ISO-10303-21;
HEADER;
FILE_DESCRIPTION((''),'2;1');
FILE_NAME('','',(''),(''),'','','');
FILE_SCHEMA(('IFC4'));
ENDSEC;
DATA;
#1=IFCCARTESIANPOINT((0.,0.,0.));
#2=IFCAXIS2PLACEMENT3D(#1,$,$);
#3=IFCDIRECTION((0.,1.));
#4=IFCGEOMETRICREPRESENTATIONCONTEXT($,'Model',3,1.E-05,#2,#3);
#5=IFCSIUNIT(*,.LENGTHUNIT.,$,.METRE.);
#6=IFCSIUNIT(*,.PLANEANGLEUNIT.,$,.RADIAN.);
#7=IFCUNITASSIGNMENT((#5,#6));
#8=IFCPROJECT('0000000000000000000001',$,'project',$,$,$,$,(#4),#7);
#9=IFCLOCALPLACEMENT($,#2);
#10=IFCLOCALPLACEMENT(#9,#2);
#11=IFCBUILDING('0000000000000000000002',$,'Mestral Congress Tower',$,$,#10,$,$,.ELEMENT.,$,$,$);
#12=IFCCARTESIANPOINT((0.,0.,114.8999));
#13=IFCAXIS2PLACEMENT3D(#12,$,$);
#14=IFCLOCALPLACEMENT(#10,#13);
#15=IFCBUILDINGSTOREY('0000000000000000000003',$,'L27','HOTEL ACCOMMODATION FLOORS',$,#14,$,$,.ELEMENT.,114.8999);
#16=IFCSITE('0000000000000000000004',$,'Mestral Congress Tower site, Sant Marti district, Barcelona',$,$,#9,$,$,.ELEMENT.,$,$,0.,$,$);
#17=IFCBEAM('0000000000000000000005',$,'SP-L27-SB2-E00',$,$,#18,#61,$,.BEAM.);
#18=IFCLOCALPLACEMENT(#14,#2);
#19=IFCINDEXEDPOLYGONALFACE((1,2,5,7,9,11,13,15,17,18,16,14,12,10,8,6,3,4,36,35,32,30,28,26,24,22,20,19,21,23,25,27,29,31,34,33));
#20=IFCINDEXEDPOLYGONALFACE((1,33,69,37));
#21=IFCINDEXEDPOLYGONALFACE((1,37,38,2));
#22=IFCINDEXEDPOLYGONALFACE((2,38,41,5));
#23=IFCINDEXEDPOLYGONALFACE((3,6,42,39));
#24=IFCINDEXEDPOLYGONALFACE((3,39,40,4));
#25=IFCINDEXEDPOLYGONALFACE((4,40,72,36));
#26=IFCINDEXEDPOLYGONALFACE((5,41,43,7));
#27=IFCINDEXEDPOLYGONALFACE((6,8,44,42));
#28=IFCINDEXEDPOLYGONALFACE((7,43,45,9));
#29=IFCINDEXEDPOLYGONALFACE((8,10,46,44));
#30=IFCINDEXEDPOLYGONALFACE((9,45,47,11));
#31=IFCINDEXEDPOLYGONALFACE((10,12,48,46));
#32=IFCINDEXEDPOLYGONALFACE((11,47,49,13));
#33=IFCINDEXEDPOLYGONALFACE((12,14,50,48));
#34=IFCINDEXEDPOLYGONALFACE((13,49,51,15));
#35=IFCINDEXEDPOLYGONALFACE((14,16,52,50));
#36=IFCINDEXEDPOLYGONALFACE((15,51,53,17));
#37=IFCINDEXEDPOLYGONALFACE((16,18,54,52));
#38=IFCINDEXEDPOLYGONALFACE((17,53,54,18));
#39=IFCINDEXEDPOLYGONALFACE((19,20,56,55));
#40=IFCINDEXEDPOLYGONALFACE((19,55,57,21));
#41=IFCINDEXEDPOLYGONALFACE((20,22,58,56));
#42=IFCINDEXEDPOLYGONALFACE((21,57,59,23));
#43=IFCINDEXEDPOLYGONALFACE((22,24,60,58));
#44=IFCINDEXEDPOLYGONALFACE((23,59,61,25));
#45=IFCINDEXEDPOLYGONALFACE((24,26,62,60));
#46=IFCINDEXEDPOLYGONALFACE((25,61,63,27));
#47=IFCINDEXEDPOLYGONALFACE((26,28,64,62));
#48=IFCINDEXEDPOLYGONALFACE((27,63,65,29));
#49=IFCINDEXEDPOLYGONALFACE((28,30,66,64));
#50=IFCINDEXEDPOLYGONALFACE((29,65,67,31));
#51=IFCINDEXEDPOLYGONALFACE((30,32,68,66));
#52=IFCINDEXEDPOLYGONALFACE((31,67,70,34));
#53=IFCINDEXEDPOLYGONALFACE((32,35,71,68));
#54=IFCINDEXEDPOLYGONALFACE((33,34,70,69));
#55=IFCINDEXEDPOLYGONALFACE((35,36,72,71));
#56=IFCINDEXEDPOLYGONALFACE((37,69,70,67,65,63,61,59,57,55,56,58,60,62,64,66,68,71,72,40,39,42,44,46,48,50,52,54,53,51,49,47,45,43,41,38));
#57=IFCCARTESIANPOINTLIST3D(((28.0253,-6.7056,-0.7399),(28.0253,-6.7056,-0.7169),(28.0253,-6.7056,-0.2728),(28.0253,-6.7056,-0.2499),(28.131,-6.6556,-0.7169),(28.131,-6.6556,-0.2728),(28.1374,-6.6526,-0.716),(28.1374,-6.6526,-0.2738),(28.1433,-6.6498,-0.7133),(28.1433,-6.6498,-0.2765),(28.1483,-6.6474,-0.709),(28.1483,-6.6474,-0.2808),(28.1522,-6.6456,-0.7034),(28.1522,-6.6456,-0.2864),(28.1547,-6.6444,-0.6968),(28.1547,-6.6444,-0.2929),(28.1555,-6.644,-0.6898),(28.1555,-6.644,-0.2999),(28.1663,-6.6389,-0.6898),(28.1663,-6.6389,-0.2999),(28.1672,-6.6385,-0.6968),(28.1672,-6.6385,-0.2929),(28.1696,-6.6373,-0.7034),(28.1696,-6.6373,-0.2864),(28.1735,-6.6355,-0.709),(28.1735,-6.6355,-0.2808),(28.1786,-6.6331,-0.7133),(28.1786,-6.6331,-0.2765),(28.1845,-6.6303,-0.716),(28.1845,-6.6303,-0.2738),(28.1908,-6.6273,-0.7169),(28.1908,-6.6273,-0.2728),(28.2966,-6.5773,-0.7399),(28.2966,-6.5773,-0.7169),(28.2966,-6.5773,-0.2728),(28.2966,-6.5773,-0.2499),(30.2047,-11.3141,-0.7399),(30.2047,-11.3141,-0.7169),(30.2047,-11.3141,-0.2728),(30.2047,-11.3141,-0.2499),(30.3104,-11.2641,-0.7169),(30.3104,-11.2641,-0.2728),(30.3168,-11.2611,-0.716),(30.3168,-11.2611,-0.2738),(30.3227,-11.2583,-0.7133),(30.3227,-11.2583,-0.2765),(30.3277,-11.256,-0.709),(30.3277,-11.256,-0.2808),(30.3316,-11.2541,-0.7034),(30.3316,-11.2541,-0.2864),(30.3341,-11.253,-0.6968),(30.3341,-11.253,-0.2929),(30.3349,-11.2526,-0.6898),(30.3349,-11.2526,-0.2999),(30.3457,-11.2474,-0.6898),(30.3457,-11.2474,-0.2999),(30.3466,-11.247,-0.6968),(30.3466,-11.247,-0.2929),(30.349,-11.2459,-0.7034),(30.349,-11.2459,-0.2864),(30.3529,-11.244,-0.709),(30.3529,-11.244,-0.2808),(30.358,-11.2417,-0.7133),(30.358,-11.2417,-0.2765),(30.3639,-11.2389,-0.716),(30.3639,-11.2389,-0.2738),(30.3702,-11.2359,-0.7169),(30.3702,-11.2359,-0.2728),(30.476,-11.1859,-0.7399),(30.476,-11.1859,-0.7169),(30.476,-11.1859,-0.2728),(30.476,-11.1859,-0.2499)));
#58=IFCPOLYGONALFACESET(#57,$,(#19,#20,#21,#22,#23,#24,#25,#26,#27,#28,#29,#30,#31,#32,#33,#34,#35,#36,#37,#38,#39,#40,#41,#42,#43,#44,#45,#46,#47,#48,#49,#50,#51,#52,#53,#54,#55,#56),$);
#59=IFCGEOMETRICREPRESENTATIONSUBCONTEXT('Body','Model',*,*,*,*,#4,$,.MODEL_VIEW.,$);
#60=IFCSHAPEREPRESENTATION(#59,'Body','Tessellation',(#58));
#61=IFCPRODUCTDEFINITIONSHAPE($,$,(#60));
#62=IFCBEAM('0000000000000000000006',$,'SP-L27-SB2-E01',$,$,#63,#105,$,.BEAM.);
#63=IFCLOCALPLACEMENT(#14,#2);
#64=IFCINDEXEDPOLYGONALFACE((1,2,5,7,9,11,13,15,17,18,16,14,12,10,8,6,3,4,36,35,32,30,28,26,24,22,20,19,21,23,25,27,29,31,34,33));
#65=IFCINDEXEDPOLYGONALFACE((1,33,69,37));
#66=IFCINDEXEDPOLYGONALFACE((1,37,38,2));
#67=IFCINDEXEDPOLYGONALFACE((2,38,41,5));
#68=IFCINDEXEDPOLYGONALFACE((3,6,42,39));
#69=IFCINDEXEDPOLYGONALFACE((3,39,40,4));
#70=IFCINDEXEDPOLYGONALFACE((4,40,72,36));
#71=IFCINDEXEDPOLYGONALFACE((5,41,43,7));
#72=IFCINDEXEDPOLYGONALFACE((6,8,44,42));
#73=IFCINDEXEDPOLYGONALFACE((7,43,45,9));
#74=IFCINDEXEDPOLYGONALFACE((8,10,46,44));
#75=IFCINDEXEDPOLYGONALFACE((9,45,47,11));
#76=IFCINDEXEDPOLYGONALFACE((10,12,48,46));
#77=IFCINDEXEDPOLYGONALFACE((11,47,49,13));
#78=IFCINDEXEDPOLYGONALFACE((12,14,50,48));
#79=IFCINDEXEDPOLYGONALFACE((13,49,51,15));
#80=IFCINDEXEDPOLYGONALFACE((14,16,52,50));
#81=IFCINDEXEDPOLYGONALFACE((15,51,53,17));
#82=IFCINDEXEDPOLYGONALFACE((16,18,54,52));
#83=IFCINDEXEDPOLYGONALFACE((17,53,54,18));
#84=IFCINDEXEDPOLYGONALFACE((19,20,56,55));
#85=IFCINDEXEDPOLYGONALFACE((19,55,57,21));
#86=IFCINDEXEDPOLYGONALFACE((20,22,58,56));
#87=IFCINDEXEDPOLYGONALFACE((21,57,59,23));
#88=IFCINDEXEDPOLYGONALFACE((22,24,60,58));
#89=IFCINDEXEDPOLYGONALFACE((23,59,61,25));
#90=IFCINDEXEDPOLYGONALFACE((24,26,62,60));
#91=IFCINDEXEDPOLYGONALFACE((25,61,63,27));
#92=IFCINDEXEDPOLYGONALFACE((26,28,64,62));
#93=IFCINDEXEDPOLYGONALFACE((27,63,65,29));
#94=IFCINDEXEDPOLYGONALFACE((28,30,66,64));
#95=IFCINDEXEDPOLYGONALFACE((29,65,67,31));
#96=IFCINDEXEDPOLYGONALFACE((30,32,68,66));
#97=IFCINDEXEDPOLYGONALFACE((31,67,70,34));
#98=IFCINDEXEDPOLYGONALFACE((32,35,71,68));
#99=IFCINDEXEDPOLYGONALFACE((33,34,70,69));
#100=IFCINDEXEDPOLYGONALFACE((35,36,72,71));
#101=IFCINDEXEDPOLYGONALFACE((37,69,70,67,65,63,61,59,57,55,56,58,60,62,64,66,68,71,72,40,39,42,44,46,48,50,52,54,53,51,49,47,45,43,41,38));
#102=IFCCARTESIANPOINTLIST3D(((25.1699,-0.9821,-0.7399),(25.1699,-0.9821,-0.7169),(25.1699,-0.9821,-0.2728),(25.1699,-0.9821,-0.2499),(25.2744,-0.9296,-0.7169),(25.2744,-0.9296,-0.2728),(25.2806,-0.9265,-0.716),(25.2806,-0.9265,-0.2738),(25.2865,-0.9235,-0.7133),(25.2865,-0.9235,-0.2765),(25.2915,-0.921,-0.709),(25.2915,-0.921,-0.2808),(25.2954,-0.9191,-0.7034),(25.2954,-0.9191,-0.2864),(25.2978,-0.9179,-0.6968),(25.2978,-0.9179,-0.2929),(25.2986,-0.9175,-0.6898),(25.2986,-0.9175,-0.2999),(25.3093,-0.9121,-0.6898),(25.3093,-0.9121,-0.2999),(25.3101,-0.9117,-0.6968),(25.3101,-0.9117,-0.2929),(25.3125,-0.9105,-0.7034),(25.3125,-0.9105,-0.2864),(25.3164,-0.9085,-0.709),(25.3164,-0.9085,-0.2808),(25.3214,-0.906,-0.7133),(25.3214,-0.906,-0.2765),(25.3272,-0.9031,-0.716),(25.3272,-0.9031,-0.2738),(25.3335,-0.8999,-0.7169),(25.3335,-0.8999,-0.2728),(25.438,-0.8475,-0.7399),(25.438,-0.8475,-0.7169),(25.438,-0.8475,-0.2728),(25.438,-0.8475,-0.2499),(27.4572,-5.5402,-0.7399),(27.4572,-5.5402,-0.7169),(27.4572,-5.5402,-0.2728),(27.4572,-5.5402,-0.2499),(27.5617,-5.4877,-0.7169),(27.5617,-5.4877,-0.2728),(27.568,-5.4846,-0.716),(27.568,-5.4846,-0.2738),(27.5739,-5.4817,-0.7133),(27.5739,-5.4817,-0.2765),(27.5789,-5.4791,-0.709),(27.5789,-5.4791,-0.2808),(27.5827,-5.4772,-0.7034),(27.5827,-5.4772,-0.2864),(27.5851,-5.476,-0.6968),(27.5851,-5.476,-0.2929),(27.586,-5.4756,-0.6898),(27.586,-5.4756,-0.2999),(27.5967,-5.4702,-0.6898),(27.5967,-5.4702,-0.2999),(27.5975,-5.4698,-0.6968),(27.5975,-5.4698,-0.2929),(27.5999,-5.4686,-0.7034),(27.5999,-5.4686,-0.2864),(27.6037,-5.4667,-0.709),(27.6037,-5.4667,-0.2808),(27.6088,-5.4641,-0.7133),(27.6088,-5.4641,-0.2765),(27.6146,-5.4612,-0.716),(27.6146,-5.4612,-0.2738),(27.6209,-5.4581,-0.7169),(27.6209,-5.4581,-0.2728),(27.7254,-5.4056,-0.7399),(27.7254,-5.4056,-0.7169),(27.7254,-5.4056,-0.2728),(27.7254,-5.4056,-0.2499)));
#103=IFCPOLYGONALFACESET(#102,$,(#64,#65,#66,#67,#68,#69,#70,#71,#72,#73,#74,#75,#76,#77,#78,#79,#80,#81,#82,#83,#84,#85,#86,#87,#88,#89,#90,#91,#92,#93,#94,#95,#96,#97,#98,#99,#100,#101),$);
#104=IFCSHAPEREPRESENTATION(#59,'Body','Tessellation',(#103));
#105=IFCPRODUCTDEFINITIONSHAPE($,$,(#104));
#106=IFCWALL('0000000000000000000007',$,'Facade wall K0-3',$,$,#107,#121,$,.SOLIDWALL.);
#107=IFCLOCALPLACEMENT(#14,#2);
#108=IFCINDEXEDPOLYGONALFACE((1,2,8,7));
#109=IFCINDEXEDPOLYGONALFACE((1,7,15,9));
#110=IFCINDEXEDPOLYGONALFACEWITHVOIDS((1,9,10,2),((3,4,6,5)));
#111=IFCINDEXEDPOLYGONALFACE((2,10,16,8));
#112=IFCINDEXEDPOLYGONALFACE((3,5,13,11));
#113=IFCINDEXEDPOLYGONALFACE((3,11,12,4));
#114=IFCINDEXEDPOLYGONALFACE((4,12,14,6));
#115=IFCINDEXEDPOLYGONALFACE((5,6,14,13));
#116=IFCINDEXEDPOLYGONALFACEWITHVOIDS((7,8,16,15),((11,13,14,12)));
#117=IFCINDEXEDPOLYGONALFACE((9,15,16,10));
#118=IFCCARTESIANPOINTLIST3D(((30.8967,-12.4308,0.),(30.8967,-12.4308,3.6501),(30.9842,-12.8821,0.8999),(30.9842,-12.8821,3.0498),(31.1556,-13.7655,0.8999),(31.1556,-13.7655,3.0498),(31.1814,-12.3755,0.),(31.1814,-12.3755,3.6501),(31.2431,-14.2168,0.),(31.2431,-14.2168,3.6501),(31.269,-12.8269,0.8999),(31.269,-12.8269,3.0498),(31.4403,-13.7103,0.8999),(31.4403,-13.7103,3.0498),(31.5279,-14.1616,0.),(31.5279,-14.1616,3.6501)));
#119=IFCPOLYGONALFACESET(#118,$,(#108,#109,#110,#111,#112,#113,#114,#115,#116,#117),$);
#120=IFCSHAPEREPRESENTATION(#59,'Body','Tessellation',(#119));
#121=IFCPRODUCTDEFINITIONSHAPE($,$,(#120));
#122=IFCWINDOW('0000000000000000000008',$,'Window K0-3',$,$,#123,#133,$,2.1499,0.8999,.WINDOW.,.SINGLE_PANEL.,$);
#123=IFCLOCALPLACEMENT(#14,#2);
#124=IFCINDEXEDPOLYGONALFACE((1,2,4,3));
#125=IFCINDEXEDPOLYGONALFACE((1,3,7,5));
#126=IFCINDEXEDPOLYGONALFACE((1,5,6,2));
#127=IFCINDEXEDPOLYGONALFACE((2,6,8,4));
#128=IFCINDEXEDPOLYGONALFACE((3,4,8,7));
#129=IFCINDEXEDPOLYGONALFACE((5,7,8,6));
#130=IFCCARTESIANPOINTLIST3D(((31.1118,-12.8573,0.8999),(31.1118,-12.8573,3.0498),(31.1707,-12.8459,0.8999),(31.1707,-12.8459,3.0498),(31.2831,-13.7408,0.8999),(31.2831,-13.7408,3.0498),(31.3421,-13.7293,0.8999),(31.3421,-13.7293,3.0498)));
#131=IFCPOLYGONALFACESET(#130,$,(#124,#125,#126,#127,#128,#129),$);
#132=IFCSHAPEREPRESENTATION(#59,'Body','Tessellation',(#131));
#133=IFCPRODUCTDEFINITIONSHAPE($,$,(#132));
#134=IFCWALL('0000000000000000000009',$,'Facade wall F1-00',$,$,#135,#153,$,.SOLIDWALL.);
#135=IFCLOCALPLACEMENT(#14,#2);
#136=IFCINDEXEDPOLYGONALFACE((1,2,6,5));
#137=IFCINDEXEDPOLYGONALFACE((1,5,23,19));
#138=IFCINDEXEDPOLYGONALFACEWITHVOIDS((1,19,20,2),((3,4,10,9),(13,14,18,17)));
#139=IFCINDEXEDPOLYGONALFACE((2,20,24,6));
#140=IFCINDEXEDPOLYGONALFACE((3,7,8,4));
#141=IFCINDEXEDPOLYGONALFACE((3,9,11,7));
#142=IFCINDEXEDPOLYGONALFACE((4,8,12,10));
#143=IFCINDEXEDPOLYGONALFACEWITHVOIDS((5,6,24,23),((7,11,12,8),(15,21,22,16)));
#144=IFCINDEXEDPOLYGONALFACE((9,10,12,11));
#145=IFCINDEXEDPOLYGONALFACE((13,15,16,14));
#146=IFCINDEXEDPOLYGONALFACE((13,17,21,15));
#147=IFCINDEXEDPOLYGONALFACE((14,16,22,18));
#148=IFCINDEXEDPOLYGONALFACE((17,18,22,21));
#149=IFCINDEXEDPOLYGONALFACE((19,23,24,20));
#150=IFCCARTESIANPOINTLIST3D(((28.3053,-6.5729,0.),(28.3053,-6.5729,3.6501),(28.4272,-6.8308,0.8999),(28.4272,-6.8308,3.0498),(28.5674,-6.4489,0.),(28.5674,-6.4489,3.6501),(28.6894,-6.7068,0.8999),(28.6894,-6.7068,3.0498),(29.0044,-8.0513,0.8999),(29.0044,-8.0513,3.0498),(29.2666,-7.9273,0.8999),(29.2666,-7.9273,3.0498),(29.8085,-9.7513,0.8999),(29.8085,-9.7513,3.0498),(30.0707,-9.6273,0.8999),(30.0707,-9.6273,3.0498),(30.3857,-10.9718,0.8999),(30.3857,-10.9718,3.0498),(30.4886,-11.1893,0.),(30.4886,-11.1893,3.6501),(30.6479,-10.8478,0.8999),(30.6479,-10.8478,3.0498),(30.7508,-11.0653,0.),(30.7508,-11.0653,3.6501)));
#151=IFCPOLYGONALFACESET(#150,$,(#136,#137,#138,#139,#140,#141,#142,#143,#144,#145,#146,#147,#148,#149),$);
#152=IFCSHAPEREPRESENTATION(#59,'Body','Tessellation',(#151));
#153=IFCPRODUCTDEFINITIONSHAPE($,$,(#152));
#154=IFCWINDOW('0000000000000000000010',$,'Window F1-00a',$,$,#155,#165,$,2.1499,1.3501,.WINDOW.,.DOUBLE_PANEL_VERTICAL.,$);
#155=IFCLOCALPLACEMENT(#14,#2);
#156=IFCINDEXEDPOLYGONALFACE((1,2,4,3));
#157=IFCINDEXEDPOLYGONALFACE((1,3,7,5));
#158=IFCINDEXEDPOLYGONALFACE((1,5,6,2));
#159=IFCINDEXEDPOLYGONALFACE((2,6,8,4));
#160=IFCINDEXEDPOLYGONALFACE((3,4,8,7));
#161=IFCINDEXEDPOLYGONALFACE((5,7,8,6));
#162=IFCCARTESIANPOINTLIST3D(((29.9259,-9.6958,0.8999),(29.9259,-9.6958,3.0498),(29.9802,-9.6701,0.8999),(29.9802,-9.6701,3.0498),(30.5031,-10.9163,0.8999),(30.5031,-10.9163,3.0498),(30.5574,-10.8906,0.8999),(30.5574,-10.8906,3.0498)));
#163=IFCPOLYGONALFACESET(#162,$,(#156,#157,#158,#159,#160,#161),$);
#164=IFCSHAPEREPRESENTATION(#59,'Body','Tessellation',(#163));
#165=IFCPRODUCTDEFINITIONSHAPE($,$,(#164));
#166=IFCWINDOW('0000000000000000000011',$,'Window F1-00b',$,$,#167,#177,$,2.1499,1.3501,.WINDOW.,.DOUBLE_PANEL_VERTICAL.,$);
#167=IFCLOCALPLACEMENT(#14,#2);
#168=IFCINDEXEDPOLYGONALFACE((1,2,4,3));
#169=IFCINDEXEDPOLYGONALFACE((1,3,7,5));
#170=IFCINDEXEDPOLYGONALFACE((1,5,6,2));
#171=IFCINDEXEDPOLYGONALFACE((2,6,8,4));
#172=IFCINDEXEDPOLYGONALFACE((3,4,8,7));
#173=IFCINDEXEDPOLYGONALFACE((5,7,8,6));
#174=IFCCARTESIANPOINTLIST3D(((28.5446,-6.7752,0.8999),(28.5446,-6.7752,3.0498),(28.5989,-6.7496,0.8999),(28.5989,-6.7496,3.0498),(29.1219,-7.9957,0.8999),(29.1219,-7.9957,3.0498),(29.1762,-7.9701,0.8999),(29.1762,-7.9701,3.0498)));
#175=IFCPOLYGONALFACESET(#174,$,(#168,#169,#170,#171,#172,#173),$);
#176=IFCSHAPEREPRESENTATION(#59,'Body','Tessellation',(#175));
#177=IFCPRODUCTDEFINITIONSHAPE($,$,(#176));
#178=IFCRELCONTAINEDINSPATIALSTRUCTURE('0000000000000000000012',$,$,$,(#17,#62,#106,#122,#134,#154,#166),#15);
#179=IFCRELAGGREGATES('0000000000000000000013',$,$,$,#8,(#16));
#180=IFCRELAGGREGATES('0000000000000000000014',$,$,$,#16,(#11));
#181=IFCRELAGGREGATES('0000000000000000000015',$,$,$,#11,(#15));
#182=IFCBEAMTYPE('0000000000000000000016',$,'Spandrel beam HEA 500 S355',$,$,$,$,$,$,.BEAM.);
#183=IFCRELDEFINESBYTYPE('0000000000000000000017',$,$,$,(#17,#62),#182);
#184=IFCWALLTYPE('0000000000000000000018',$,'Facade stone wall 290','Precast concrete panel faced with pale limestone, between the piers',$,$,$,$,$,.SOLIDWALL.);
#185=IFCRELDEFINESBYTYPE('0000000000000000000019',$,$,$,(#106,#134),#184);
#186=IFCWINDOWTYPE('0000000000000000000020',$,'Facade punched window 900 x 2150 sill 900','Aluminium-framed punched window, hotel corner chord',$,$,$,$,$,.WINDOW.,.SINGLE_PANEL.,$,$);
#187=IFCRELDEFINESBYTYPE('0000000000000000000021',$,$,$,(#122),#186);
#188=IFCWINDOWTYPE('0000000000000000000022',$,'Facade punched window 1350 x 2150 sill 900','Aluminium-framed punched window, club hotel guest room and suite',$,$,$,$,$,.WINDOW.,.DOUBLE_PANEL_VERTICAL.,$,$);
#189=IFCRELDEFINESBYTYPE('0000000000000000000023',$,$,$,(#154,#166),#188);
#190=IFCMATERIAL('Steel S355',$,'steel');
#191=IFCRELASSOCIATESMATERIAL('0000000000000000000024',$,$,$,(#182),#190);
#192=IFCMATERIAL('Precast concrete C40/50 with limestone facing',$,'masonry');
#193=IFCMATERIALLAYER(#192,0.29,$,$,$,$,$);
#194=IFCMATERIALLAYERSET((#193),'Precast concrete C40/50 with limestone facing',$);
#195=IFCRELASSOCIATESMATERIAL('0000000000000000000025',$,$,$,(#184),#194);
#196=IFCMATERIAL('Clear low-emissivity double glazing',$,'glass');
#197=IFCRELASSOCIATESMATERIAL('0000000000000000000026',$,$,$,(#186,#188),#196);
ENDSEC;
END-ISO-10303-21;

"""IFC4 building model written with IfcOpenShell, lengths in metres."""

from ifc_helpers import new_model, si_unit, direction, frame, frame_2d, origin, origin_2d, place, context, subcontext, project, spatial, rectangle, i_section, extrude, material, layer, layer_set, material_profile, profile_set, type_object, element, fill, save


model = new_model("IFC4")

# Units and contexts
model_context = context("Model", 3, precision=1e-05, world=origin(), true_north=direction((0.0, 1.0)))
body_context = subcontext(model_context, "Body", "Model", "MODEL_VIEW")
ifc_project = project(units=[si_unit("LENGTHUNIT", "METRE"), si_unit("PLANEANGLEUNIT", "RADIAN")], contexts=[model_context])

# Site, building, storey
site_placement = place(None, origin())
site = spatial("IfcSite", under=ifc_project, at=site_placement, Name="Mestral Congress Tower site, Sant Marti district, Barcelona", CompositionType="ELEMENT", RefElevation=0.0)
building_placement = place(site_placement, origin())
building = spatial("IfcBuilding", under=site, at=building_placement, Name="Mestral Congress Tower", CompositionType="ELEMENT")
storey_placement = place(building_placement, frame((0.0, 0.0, 114.8999)))
storey = spatial("IfcBuildingStorey", under=building, at=storey_placement, Name="L27", Description="HOTEL ACCOMMODATION FLOORS", CompositionType="ELEMENT", Elevation=114.8999)

# Beams
ifc_material_1 = material(Name="Steel S355", Category="steel")
ifc_material_profile_1 = material_profile(ifc_material_1, i_section(OverallWidth=0.3, OverallDepth=0.49, WebThickness=0.012, FlangeThickness=0.0229, FilletRadius=0.0271, at=origin_2d()), Name="HEA 500")
ifc_profile_set_1 = profile_set([ifc_material_profile_1], Name="Steel S355")
beam_type_1 = type_object("IfcBeamType", Name="Spandrel beam HEA 500 S355", PredefinedType="BEAM", material=ifc_profile_set_1)
beam_1_placement = place(storey_placement, frame((30.3403, -11.25, -0.4949), z_axis=(-0.42751, 0.904011, 0.0), x_axis=(-0.904011, -0.42751, 0.0)))
element("IfcBeam", 1, at=beam_1_placement, inside=storey, type_object=beam_type_1, Name="SP-L27-SB2-E00", PredefinedType="BEAM", context=body_context, shape_type="SweptSolid", body=[
    extrude(i_section(OverallWidth=0.3, OverallDepth=0.49, WebThickness=0.012, FlangeThickness=0.0229, FilletRadius=0.0271, at=origin_2d()), origin(), (0.0, 0.0, 1.0), 5.0979),
])
beam_2_placement = place(storey_placement, frame((27.5913, -5.4729, -0.4949), z_axis=(-0.448515, 0.893775, 0.0), x_axis=(-0.893775, -0.448515, 0.0)))
element("IfcBeam", 2, at=beam_2_placement, inside=storey, type_object=beam_type_1, Name="SP-L27-SB2-E01", PredefinedType="BEAM", context=body_context, shape_type="SweptSolid", body=[
    extrude(i_section(OverallWidth=0.3, OverallDepth=0.49, WebThickness=0.012, FlangeThickness=0.0229, FilletRadius=0.0271, at=origin_2d()), origin(), (0.0, 0.0, 1.0), 5.0999),
])

# Wall, opening, window
ifc_material_2 = material(Name="Precast concrete C40/50 with limestone facing", Category="masonry")
ifc_layer_1 = layer(ifc_material_2, 0.29)
ifc_layer_set_1 = layer_set([ifc_layer_1], Name="Precast concrete C40/50 with limestone facing")
wall_type_1 = type_object("IfcWallType", Name="Facade stone wall 290", Description="Precast concrete panel faced with pale limestone, between the piers", PredefinedType="SOLIDWALL", material=ifc_layer_set_1)
wall_1_placement = place(storey_placement, frame((31.3855, -14.1892, 0.0), z_axis=(0.0, 0.0, 1.0), x_axis=(-0.19041, 0.981705, 0.0)))
wall_1 = element("IfcWall", 3, at=wall_1_placement, inside=storey, type_object=wall_type_1, Name="Facade wall K0-3", PredefinedType="SOLIDWALL", context=body_context, shape_type="SweptSolid", body=[
    extrude(rectangle(XDim=1.8193, YDim=0.29, at=frame_2d((0.9097, 0.0))), origin(), (0.0, 0.0, 1.0), 3.6501),
])
opening_1_placement = place(wall_1_placement, frame((0.4597, 0.0, 0.8999)))
opening_1 = element("IfcOpeningElement", 4, at=opening_1_placement, cuts=wall_1, PredefinedType="OPENING", context=body_context, shape_type="SweptSolid", body=[
    extrude(rectangle(XDim=0.8999, YDim=2.1499, at=frame_2d((0.45, 1.075))), frame((0.0, 0.155, 0.0), z_axis=(0.0, -1.0, 0.0), x_axis=(1.0, 0.0, 0.0)), (0.0, 0.0, 1.0), 0.3101),
])
ifc_material_3 = material(Name="Clear low-emissivity double glazing", Category="glass")
window_type_1 = type_object("IfcWindowType", Name="Facade punched window 900 x 2150 sill 900", Description="Aluminium-framed punched window, hotel corner chord", PartitioningType="SINGLE_PANEL", PredefinedType="WINDOW", material=ifc_material_3)
window_1_placement = place(opening_1_placement, origin())
window_1 = element("IfcWindow", 5, at=window_1_placement, inside=storey, type_object=window_type_1, Name="Window K0-3", OverallHeight=2.1499, OverallWidth=0.8999, PartitioningType="SINGLE_PANEL", PredefinedType="WINDOW", context=body_context, shape_type="SweptSolid", body=[
    extrude(rectangle(XDim=0.8999, YDim=2.1499, at=frame_2d((0.45, 1.075))), frame((0.0, 0.0151, 0.0), z_axis=(0.0, -1.0, 0.0), x_axis=(1.0, 0.0, 0.0)), (0.0, 0.0, 1.0), 0.0601),
])
fill(opening_1, window_1)

# Wall, openings, windows
wall_2_placement = place(storey_placement, frame((30.6196, -11.1272, 0.0), z_axis=(0.0, 0.0, 1.0), x_axis=(-0.427544, 0.903995, 0.0)))
wall_2 = element("IfcWall", 6, at=wall_2_placement, inside=storey, type_object=wall_type_1, Name="Facade wall F1-00", PredefinedType="SOLIDWALL", context=body_context, shape_type="SweptSolid", body=[
    extrude(rectangle(XDim=5.1067, YDim=0.29, at=frame_2d((2.5532, 0.0))), origin(), (0.0, 0.0, 1.0), 3.6501),
])
opening_2_placement = place(wall_2_placement, frame((0.2405, 0.0, 0.8999)))
opening_2 = element("IfcOpeningElement", 7, at=opening_2_placement, cuts=wall_2, PredefinedType="OPENING", context=body_context, shape_type="SweptSolid", body=[
    extrude(rectangle(XDim=1.3501, YDim=2.1499, at=frame_2d((0.675, 1.075))), frame((0.0, 0.155, 0.0), z_axis=(0.0, -1.0, 0.0), x_axis=(1.0, 0.0, 0.0)), (0.0, 0.0, 1.0), 0.3101),
])
opening_3_placement = place(wall_2_placement, frame((3.4712, 0.0, 0.8999)))
opening_3 = element("IfcOpeningElement", 8, at=opening_3_placement, cuts=wall_2, PredefinedType="OPENING", context=body_context, shape_type="SweptSolid", body=[
    extrude(rectangle(XDim=1.3501, YDim=2.1499, at=frame_2d((0.675, 1.075))), frame((0.0, 0.155, 0.0), z_axis=(0.0, -1.0, 0.0), x_axis=(1.0, 0.0, 0.0)), (0.0, 0.0, 1.0), 0.3101),
])
window_type_2 = type_object("IfcWindowType", Name="Facade punched window 1350 x 2150 sill 900", Description="Aluminium-framed punched window, club hotel guest room and suite", PartitioningType="DOUBLE_PANEL_VERTICAL", PredefinedType="WINDOW", material=ifc_material_3)
window_2_placement = place(opening_2_placement, origin())
window_2 = element("IfcWindow", 9, at=window_2_placement, inside=storey, type_object=window_type_2, Name="Window F1-00a", OverallHeight=2.1499, OverallWidth=1.3501, PartitioningType="DOUBLE_PANEL_VERTICAL", PredefinedType="WINDOW", context=body_context, shape_type="SweptSolid", body=[
    extrude(rectangle(XDim=1.3501, YDim=2.1499, at=frame_2d((0.675, 1.075))), frame((0.0, 0.0151, 0.0), z_axis=(0.0, -1.0, 0.0), x_axis=(1.0, 0.0, 0.0)), (0.0, 0.0, 1.0), 0.0601),
])
fill(opening_2, window_2)
window_3_placement = place(opening_3_placement, origin())
window_3 = element("IfcWindow", 10, at=window_3_placement, inside=storey, type_object=window_type_2, Name="Window F1-00b", OverallHeight=2.1499, OverallWidth=1.3501, PartitioningType="DOUBLE_PANEL_VERTICAL", PredefinedType="WINDOW", context=body_context, shape_type="SweptSolid", body=[
    extrude(rectangle(XDim=1.3501, YDim=2.1499, at=frame_2d((0.675, 1.075))), frame((0.0, 0.0151, 0.0), z_axis=(0.0, -1.0, 0.0), x_axis=(1.0, 0.0, 0.0)), (0.0, 0.0, 1.0), 0.0601),
])
fill(opening_3, window_3)

save(model, "model.ifc")
